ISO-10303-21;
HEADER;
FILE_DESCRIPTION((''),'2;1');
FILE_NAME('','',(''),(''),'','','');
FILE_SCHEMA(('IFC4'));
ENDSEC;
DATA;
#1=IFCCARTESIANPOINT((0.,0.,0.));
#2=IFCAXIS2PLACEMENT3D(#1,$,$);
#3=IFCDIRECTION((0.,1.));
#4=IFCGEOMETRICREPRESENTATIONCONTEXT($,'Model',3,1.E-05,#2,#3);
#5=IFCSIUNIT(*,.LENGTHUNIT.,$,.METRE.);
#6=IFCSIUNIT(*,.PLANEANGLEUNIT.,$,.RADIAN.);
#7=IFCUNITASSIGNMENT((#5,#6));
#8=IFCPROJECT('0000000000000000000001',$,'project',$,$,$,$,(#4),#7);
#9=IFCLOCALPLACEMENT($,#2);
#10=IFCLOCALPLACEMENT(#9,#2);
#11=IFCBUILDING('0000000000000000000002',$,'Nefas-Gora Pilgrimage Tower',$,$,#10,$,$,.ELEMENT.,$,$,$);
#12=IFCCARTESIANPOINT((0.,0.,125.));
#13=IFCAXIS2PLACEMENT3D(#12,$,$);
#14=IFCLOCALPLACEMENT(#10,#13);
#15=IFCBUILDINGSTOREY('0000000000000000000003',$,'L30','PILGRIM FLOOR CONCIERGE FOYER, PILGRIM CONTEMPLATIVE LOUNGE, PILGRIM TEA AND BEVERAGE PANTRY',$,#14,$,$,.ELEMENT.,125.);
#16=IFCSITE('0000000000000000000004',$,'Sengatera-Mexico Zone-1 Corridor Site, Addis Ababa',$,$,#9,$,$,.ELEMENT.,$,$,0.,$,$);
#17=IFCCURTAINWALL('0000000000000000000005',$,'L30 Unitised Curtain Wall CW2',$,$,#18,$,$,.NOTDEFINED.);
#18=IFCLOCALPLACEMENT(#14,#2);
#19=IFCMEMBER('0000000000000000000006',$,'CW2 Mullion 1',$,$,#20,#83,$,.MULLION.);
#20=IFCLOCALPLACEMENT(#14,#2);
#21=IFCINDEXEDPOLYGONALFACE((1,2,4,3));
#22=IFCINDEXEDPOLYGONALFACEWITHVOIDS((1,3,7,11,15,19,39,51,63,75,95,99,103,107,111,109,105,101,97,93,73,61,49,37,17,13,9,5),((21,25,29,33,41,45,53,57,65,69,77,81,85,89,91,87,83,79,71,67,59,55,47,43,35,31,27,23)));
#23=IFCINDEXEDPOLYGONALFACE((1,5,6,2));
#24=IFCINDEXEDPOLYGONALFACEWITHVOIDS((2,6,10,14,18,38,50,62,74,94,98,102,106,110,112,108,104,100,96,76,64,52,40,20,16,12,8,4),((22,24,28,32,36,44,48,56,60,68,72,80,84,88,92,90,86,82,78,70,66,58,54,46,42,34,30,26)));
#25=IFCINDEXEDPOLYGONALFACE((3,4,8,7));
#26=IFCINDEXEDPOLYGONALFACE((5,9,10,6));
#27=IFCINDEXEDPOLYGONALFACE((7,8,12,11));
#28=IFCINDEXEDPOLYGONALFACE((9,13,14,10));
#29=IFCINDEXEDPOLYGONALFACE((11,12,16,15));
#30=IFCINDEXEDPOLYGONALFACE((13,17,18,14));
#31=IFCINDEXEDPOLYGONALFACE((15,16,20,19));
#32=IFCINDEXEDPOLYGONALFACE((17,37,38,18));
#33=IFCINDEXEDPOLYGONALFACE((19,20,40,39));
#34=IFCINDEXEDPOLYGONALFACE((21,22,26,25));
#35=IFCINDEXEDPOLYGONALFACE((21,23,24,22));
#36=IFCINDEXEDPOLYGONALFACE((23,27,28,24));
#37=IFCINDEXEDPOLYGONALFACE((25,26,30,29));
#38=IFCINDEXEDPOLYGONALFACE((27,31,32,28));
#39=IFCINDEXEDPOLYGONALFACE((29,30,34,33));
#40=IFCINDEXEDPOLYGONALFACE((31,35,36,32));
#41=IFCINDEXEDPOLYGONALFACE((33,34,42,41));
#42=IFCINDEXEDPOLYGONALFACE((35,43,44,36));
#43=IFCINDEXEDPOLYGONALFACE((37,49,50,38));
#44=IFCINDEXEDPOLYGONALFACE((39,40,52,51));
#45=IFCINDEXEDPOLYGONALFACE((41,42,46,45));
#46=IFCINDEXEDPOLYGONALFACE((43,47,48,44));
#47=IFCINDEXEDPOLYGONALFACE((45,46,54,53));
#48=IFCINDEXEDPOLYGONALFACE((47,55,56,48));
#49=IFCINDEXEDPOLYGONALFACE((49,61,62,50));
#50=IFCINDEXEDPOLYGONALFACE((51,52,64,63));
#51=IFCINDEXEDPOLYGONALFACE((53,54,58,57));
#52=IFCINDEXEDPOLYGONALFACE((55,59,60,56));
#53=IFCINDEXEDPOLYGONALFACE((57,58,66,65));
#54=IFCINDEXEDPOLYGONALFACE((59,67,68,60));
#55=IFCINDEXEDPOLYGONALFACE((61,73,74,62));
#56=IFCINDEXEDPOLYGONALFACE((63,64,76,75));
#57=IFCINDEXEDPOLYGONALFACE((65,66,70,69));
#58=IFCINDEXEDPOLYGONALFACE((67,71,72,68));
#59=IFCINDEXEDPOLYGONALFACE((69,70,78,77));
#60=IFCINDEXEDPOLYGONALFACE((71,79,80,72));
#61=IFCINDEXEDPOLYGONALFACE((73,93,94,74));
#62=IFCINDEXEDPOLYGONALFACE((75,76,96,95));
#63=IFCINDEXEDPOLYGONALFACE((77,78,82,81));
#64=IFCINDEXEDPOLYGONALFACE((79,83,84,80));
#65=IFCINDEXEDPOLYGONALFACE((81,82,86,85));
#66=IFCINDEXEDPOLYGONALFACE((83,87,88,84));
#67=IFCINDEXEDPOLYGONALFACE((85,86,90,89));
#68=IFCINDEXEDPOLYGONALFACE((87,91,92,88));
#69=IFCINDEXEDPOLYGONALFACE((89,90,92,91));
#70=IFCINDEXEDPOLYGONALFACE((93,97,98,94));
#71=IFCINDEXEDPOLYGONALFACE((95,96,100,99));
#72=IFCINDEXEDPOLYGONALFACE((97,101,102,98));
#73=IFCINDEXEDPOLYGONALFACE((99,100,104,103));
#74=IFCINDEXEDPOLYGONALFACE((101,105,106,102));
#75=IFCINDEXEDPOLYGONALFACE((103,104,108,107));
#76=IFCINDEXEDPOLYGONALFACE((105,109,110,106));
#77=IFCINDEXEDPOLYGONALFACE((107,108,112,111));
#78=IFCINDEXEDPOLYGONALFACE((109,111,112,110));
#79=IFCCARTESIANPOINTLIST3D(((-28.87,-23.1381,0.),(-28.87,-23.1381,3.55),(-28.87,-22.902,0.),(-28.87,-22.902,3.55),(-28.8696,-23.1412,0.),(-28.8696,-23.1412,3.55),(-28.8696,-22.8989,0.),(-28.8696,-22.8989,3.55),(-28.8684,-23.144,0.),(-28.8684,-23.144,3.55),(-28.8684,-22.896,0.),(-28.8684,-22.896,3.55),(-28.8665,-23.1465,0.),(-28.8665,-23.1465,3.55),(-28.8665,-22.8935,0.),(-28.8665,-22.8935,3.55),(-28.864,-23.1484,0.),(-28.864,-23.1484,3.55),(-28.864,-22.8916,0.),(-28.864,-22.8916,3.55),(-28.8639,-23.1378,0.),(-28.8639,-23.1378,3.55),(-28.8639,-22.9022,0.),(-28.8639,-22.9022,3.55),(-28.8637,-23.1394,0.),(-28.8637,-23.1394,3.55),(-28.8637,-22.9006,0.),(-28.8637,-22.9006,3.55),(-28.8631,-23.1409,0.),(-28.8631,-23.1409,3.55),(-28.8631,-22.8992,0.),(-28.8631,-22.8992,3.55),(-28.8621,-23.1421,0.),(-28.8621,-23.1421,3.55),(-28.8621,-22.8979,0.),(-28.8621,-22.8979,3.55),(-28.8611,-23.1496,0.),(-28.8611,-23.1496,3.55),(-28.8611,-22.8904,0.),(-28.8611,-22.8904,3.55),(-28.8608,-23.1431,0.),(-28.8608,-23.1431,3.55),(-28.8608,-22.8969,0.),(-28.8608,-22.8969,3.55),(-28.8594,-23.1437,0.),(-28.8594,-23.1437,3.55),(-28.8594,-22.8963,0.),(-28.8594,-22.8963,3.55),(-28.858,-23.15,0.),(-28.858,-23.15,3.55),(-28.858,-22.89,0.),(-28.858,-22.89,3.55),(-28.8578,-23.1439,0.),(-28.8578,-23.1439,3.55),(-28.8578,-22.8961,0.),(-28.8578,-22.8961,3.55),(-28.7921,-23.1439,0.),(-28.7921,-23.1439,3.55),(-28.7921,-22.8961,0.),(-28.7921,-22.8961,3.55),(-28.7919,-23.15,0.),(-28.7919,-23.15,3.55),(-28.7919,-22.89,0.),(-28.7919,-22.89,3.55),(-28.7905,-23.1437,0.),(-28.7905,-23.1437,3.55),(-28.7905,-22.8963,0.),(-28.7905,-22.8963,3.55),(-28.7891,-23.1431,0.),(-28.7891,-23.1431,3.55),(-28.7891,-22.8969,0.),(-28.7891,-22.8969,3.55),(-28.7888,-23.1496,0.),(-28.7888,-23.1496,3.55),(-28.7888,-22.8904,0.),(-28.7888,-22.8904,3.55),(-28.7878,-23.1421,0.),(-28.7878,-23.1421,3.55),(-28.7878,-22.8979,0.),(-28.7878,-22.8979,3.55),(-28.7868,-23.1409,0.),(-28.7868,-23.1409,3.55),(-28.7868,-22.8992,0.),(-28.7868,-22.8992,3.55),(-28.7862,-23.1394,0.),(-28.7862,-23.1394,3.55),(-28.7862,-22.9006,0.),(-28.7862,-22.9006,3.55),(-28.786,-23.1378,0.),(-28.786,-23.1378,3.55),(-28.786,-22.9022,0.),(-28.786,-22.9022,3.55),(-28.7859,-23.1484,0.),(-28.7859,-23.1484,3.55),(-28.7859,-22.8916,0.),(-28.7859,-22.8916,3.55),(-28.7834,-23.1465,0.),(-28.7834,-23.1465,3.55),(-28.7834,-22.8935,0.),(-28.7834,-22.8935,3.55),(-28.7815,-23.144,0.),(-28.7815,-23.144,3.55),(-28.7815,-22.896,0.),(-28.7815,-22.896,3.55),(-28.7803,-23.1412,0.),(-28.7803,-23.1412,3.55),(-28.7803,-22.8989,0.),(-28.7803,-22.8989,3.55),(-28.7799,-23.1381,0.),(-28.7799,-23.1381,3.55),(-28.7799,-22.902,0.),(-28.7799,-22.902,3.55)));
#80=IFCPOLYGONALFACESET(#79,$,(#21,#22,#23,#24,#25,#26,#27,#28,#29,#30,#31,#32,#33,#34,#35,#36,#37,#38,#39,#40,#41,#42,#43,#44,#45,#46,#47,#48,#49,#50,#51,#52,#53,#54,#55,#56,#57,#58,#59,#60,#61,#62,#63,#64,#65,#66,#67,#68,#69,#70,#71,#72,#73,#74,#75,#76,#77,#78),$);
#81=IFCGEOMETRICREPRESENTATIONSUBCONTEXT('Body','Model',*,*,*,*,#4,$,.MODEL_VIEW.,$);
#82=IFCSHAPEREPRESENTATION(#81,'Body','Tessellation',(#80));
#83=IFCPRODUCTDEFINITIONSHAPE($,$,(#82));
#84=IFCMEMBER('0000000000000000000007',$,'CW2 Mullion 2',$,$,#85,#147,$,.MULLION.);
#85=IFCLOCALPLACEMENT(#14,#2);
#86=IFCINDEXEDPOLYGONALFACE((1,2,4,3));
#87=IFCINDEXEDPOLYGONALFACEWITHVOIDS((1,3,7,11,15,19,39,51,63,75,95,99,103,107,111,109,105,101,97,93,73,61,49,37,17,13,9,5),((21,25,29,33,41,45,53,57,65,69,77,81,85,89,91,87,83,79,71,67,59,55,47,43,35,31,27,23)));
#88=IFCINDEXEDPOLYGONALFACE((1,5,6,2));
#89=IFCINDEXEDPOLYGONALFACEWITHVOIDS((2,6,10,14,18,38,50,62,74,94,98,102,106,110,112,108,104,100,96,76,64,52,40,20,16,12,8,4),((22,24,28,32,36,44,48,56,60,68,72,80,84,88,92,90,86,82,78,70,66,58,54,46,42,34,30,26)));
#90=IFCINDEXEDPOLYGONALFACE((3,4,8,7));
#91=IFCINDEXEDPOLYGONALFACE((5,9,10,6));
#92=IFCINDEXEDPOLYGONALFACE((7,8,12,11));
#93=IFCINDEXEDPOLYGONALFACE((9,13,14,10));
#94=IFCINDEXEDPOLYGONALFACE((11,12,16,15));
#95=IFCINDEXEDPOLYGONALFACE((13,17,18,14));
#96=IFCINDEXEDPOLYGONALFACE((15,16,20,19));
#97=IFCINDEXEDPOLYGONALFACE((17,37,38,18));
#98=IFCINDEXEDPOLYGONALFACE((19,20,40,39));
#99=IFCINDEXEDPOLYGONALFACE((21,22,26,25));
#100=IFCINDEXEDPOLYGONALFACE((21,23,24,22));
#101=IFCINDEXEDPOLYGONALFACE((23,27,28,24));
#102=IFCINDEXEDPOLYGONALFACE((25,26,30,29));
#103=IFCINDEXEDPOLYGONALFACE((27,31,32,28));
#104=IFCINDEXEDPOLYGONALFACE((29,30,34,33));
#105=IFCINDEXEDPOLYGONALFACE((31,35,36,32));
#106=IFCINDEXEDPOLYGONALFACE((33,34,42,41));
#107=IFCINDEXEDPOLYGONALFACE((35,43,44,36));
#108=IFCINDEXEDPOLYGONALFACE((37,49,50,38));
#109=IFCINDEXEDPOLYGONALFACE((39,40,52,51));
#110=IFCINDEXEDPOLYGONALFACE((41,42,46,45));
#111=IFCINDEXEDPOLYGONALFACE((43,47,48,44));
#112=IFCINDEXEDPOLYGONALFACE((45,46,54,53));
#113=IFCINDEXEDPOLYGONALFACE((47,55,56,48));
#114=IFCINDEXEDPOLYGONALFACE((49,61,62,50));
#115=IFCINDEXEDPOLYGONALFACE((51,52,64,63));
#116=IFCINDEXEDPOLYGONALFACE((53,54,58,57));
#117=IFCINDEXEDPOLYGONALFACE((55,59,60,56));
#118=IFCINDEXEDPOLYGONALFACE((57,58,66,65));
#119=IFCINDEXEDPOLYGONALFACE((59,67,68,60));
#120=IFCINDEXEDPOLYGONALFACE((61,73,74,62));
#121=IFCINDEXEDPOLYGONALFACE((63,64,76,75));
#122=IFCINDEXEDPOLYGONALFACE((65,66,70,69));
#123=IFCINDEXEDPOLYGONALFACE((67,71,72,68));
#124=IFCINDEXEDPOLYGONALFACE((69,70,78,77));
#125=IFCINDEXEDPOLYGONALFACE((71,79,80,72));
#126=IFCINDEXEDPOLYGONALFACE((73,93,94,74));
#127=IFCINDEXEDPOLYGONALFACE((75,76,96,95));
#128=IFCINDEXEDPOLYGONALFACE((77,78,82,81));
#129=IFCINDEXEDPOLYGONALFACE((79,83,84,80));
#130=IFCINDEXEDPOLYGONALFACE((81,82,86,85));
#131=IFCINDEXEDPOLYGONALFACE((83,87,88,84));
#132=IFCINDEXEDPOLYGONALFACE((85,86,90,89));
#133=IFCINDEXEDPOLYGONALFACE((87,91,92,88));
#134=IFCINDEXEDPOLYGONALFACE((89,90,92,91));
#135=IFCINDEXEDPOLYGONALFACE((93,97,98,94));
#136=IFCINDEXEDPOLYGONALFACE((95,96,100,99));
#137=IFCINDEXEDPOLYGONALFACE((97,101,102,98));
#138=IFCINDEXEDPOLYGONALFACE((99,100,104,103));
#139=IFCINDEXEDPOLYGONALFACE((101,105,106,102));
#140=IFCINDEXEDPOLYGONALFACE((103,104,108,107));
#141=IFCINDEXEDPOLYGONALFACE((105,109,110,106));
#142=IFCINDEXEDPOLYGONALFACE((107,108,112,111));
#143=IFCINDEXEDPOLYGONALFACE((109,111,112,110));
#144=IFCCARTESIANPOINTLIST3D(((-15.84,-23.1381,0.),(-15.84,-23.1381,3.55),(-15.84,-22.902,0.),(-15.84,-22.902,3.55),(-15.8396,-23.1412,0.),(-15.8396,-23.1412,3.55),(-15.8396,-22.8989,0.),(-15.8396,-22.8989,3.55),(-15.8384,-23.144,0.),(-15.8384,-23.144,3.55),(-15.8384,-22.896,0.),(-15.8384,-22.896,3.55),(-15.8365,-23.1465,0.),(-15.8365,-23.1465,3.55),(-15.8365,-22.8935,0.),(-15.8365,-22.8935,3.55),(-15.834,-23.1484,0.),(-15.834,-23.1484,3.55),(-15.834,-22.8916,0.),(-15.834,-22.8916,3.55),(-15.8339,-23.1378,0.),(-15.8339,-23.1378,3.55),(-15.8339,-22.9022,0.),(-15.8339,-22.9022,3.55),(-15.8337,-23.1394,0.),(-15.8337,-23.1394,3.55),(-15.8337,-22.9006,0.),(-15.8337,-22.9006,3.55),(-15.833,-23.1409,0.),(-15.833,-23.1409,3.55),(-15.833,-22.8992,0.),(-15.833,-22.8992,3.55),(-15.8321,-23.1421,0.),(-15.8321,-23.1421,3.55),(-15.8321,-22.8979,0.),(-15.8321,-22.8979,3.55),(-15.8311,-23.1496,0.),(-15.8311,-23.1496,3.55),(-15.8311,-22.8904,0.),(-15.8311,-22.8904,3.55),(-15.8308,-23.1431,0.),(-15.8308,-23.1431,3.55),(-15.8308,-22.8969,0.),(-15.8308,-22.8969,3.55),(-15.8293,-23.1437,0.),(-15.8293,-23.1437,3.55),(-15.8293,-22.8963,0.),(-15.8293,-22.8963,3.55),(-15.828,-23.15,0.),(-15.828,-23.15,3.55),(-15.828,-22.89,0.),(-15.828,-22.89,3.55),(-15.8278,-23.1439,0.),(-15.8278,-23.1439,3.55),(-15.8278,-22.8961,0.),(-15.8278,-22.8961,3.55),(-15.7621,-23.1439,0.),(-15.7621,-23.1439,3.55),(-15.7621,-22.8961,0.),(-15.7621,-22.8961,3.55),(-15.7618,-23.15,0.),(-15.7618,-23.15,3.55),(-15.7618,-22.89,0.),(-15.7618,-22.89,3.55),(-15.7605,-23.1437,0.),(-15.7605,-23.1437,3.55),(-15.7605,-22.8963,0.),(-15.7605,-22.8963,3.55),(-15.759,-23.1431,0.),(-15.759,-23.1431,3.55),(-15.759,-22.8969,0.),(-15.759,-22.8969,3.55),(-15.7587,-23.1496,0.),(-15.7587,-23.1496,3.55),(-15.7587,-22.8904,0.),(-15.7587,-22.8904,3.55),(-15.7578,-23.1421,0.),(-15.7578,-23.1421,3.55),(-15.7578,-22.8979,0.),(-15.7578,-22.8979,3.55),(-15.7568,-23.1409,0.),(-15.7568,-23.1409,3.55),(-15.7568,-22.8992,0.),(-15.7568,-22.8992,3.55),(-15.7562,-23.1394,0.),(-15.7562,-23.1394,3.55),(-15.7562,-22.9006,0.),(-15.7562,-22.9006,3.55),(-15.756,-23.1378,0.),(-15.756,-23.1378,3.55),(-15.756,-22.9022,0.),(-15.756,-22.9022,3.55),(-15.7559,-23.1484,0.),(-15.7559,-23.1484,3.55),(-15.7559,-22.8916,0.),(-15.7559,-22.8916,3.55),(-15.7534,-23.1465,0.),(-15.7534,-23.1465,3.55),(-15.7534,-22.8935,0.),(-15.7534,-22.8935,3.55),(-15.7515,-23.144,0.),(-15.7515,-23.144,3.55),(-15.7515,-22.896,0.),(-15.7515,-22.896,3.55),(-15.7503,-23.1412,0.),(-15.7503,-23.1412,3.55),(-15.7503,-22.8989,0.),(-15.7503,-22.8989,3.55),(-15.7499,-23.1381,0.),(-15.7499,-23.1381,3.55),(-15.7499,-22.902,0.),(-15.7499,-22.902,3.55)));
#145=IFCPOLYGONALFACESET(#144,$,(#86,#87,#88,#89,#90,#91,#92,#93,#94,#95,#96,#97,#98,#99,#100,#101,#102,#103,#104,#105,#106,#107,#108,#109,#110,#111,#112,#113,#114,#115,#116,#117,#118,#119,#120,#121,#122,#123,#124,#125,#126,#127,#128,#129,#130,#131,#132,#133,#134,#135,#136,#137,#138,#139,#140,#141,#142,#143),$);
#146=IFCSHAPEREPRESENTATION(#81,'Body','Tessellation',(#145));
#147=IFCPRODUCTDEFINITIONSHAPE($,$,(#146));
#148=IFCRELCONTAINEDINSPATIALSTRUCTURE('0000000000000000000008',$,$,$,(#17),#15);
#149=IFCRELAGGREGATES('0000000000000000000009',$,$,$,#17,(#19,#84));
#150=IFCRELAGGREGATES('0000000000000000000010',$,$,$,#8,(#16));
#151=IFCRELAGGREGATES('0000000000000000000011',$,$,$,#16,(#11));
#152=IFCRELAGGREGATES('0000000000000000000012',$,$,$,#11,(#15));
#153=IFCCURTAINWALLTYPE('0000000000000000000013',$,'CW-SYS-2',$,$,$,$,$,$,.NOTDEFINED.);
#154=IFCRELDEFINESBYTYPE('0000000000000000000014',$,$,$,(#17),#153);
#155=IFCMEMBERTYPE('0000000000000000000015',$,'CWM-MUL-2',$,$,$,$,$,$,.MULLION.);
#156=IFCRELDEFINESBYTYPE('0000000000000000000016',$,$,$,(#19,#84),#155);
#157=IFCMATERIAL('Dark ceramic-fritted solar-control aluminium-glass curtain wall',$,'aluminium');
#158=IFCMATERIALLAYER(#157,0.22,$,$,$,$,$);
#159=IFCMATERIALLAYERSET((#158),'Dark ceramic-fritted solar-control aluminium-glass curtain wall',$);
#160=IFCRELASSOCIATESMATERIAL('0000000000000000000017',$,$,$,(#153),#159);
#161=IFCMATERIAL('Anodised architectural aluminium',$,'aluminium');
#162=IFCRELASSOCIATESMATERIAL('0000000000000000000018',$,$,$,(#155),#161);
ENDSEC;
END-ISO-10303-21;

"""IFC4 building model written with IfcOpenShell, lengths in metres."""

from ifc_helpers import new_model, si_unit, direction, frame, origin, origin_2d, place, context, subcontext, project, spatial, hollow_rectangle, extrude, source, transform, mapped, material, layer, layer_set, material_profile, profile_set, type_object, element, aggregate, save


model = new_model("IFC4")

# Units and contexts
model_context = context("Model", 3, precision=1e-05, world=origin(), true_north=direction((0.0, 1.0)))
body_context = subcontext(model_context, "Body", "Model", "MODEL_VIEW")
ifc_project = project(units=[si_unit("LENGTHUNIT", "METRE"), si_unit("PLANEANGLEUNIT", "RADIAN")], contexts=[model_context])

# Site, building, storey
site_placement = place(None, origin())
site = spatial("IfcSite", under=ifc_project, at=site_placement, Name="Sengatera-Mexico Zone-1 Corridor Site, Addis Ababa", CompositionType="ELEMENT", RefElevation=0.0)
building_placement = place(site_placement, origin())
building = spatial("IfcBuilding", under=site, at=building_placement, Name="Nefas-Gora Pilgrimage Tower", CompositionType="ELEMENT")
storey_placement = place(building_placement, frame((0.0, 0.0, 125.0)))
storey = spatial("IfcBuildingStorey", under=building, at=storey_placement, Name="L30", Description="PILGRIM FLOOR CONCIERGE FOYER, PILGRIM CONTEMPLATIVE LOUNGE, PILGRIM TEA AND BEVERAGE PANTRY", CompositionType="ELEMENT", Elevation=125.0)

# Curtain wall, members
ifc_material_1 = material(Name="Dark ceramic-fritted solar-control aluminium-glass curtain wall", Category="aluminium")
ifc_material_2 = material(Name="Anodised architectural aluminium", Category="aluminium")
ifc_layer_1 = layer(ifc_material_1, 0.22)
ifc_layer_set_1 = layer_set([ifc_layer_1], Name="Dark ceramic-fritted solar-control aluminium-glass curtain wall")
curtain_wall_type_1 = type_object("IfcCurtainWallType", Name="CW-SYS-2", PredefinedType="NOTDEFINED", material=ifc_layer_set_1)
ifc_material_profile_1 = material_profile(ifc_material_2, hollow_rectangle(XDim=0.0901, YDim=0.26, WallThickness=0.0061, InnerFilletRadius=0.0061, OuterFilletRadius=0.012, at=origin_2d()), Name="ALU MULLION 90x260")
ifc_profile_set_1 = profile_set([ifc_material_profile_1], Name="Anodised architectural aluminium")
member_type_1 = type_object("IfcMemberType", Name="CWM-MUL-2", PredefinedType="MULLION", material=ifc_profile_set_1)
shared_shape_1 = source(origin(), body_context, "Body", "SweptSolid", [
    extrude(hollow_rectangle(XDim=0.0901, YDim=0.26, WallThickness=0.0061, InnerFilletRadius=0.0061, OuterFilletRadius=0.012, at=origin_2d()), origin(), (0.0, 0.0, 1.0), 3.55),
])
curtain_wall_1_placement = place(storey_placement, origin())
curtain_wall_1 = element("IfcCurtainWall", 1, at=curtain_wall_1_placement, inside=storey, type_object=curtain_wall_type_1, Name="L30 Unitised Curtain Wall CW2", PredefinedType="NOTDEFINED")
member_1_placement = place(storey_placement, frame((-28.825, -23.02, 0.0), z_axis=(0.0, 0.0, 1.0), x_axis=(1.0, 0.0, 0.0)))
member_1 = element("IfcMember", 2, at=member_1_placement, type_object=member_type_1, Name="CW2 Mullion 1", PredefinedType="MULLION", context=body_context, shape_type="MappedRepresentation", body=[
    mapped(shared_shape_1, transform((0.0, 0.0, 0.0), x_axis=(1.0, 0.0, 0.0), y_axis=(0.0, 1.0, 0.0), z_axis=(0.0, 0.0, 1.0), scale=1.0)),
])
member_2_placement = place(storey_placement, frame((-15.7949, -23.02, 0.0), z_axis=(0.0, 0.0, 1.0), x_axis=(1.0, 0.0, 0.0)))
member_2 = element("IfcMember", 3, at=member_2_placement, type_object=member_type_1, Name="CW2 Mullion 2", PredefinedType="MULLION", context=body_context, shape_type="MappedRepresentation", body=[
    mapped(shared_shape_1, transform((0.0, 0.0, 0.0), x_axis=(1.0, 0.0, 0.0), y_axis=(0.0, 1.0, 0.0), z_axis=(0.0, 0.0, 1.0), scale=1.0)),
])

aggregate(curtain_wall_1, [member_1, member_2])

save(model, "model.ifc")
